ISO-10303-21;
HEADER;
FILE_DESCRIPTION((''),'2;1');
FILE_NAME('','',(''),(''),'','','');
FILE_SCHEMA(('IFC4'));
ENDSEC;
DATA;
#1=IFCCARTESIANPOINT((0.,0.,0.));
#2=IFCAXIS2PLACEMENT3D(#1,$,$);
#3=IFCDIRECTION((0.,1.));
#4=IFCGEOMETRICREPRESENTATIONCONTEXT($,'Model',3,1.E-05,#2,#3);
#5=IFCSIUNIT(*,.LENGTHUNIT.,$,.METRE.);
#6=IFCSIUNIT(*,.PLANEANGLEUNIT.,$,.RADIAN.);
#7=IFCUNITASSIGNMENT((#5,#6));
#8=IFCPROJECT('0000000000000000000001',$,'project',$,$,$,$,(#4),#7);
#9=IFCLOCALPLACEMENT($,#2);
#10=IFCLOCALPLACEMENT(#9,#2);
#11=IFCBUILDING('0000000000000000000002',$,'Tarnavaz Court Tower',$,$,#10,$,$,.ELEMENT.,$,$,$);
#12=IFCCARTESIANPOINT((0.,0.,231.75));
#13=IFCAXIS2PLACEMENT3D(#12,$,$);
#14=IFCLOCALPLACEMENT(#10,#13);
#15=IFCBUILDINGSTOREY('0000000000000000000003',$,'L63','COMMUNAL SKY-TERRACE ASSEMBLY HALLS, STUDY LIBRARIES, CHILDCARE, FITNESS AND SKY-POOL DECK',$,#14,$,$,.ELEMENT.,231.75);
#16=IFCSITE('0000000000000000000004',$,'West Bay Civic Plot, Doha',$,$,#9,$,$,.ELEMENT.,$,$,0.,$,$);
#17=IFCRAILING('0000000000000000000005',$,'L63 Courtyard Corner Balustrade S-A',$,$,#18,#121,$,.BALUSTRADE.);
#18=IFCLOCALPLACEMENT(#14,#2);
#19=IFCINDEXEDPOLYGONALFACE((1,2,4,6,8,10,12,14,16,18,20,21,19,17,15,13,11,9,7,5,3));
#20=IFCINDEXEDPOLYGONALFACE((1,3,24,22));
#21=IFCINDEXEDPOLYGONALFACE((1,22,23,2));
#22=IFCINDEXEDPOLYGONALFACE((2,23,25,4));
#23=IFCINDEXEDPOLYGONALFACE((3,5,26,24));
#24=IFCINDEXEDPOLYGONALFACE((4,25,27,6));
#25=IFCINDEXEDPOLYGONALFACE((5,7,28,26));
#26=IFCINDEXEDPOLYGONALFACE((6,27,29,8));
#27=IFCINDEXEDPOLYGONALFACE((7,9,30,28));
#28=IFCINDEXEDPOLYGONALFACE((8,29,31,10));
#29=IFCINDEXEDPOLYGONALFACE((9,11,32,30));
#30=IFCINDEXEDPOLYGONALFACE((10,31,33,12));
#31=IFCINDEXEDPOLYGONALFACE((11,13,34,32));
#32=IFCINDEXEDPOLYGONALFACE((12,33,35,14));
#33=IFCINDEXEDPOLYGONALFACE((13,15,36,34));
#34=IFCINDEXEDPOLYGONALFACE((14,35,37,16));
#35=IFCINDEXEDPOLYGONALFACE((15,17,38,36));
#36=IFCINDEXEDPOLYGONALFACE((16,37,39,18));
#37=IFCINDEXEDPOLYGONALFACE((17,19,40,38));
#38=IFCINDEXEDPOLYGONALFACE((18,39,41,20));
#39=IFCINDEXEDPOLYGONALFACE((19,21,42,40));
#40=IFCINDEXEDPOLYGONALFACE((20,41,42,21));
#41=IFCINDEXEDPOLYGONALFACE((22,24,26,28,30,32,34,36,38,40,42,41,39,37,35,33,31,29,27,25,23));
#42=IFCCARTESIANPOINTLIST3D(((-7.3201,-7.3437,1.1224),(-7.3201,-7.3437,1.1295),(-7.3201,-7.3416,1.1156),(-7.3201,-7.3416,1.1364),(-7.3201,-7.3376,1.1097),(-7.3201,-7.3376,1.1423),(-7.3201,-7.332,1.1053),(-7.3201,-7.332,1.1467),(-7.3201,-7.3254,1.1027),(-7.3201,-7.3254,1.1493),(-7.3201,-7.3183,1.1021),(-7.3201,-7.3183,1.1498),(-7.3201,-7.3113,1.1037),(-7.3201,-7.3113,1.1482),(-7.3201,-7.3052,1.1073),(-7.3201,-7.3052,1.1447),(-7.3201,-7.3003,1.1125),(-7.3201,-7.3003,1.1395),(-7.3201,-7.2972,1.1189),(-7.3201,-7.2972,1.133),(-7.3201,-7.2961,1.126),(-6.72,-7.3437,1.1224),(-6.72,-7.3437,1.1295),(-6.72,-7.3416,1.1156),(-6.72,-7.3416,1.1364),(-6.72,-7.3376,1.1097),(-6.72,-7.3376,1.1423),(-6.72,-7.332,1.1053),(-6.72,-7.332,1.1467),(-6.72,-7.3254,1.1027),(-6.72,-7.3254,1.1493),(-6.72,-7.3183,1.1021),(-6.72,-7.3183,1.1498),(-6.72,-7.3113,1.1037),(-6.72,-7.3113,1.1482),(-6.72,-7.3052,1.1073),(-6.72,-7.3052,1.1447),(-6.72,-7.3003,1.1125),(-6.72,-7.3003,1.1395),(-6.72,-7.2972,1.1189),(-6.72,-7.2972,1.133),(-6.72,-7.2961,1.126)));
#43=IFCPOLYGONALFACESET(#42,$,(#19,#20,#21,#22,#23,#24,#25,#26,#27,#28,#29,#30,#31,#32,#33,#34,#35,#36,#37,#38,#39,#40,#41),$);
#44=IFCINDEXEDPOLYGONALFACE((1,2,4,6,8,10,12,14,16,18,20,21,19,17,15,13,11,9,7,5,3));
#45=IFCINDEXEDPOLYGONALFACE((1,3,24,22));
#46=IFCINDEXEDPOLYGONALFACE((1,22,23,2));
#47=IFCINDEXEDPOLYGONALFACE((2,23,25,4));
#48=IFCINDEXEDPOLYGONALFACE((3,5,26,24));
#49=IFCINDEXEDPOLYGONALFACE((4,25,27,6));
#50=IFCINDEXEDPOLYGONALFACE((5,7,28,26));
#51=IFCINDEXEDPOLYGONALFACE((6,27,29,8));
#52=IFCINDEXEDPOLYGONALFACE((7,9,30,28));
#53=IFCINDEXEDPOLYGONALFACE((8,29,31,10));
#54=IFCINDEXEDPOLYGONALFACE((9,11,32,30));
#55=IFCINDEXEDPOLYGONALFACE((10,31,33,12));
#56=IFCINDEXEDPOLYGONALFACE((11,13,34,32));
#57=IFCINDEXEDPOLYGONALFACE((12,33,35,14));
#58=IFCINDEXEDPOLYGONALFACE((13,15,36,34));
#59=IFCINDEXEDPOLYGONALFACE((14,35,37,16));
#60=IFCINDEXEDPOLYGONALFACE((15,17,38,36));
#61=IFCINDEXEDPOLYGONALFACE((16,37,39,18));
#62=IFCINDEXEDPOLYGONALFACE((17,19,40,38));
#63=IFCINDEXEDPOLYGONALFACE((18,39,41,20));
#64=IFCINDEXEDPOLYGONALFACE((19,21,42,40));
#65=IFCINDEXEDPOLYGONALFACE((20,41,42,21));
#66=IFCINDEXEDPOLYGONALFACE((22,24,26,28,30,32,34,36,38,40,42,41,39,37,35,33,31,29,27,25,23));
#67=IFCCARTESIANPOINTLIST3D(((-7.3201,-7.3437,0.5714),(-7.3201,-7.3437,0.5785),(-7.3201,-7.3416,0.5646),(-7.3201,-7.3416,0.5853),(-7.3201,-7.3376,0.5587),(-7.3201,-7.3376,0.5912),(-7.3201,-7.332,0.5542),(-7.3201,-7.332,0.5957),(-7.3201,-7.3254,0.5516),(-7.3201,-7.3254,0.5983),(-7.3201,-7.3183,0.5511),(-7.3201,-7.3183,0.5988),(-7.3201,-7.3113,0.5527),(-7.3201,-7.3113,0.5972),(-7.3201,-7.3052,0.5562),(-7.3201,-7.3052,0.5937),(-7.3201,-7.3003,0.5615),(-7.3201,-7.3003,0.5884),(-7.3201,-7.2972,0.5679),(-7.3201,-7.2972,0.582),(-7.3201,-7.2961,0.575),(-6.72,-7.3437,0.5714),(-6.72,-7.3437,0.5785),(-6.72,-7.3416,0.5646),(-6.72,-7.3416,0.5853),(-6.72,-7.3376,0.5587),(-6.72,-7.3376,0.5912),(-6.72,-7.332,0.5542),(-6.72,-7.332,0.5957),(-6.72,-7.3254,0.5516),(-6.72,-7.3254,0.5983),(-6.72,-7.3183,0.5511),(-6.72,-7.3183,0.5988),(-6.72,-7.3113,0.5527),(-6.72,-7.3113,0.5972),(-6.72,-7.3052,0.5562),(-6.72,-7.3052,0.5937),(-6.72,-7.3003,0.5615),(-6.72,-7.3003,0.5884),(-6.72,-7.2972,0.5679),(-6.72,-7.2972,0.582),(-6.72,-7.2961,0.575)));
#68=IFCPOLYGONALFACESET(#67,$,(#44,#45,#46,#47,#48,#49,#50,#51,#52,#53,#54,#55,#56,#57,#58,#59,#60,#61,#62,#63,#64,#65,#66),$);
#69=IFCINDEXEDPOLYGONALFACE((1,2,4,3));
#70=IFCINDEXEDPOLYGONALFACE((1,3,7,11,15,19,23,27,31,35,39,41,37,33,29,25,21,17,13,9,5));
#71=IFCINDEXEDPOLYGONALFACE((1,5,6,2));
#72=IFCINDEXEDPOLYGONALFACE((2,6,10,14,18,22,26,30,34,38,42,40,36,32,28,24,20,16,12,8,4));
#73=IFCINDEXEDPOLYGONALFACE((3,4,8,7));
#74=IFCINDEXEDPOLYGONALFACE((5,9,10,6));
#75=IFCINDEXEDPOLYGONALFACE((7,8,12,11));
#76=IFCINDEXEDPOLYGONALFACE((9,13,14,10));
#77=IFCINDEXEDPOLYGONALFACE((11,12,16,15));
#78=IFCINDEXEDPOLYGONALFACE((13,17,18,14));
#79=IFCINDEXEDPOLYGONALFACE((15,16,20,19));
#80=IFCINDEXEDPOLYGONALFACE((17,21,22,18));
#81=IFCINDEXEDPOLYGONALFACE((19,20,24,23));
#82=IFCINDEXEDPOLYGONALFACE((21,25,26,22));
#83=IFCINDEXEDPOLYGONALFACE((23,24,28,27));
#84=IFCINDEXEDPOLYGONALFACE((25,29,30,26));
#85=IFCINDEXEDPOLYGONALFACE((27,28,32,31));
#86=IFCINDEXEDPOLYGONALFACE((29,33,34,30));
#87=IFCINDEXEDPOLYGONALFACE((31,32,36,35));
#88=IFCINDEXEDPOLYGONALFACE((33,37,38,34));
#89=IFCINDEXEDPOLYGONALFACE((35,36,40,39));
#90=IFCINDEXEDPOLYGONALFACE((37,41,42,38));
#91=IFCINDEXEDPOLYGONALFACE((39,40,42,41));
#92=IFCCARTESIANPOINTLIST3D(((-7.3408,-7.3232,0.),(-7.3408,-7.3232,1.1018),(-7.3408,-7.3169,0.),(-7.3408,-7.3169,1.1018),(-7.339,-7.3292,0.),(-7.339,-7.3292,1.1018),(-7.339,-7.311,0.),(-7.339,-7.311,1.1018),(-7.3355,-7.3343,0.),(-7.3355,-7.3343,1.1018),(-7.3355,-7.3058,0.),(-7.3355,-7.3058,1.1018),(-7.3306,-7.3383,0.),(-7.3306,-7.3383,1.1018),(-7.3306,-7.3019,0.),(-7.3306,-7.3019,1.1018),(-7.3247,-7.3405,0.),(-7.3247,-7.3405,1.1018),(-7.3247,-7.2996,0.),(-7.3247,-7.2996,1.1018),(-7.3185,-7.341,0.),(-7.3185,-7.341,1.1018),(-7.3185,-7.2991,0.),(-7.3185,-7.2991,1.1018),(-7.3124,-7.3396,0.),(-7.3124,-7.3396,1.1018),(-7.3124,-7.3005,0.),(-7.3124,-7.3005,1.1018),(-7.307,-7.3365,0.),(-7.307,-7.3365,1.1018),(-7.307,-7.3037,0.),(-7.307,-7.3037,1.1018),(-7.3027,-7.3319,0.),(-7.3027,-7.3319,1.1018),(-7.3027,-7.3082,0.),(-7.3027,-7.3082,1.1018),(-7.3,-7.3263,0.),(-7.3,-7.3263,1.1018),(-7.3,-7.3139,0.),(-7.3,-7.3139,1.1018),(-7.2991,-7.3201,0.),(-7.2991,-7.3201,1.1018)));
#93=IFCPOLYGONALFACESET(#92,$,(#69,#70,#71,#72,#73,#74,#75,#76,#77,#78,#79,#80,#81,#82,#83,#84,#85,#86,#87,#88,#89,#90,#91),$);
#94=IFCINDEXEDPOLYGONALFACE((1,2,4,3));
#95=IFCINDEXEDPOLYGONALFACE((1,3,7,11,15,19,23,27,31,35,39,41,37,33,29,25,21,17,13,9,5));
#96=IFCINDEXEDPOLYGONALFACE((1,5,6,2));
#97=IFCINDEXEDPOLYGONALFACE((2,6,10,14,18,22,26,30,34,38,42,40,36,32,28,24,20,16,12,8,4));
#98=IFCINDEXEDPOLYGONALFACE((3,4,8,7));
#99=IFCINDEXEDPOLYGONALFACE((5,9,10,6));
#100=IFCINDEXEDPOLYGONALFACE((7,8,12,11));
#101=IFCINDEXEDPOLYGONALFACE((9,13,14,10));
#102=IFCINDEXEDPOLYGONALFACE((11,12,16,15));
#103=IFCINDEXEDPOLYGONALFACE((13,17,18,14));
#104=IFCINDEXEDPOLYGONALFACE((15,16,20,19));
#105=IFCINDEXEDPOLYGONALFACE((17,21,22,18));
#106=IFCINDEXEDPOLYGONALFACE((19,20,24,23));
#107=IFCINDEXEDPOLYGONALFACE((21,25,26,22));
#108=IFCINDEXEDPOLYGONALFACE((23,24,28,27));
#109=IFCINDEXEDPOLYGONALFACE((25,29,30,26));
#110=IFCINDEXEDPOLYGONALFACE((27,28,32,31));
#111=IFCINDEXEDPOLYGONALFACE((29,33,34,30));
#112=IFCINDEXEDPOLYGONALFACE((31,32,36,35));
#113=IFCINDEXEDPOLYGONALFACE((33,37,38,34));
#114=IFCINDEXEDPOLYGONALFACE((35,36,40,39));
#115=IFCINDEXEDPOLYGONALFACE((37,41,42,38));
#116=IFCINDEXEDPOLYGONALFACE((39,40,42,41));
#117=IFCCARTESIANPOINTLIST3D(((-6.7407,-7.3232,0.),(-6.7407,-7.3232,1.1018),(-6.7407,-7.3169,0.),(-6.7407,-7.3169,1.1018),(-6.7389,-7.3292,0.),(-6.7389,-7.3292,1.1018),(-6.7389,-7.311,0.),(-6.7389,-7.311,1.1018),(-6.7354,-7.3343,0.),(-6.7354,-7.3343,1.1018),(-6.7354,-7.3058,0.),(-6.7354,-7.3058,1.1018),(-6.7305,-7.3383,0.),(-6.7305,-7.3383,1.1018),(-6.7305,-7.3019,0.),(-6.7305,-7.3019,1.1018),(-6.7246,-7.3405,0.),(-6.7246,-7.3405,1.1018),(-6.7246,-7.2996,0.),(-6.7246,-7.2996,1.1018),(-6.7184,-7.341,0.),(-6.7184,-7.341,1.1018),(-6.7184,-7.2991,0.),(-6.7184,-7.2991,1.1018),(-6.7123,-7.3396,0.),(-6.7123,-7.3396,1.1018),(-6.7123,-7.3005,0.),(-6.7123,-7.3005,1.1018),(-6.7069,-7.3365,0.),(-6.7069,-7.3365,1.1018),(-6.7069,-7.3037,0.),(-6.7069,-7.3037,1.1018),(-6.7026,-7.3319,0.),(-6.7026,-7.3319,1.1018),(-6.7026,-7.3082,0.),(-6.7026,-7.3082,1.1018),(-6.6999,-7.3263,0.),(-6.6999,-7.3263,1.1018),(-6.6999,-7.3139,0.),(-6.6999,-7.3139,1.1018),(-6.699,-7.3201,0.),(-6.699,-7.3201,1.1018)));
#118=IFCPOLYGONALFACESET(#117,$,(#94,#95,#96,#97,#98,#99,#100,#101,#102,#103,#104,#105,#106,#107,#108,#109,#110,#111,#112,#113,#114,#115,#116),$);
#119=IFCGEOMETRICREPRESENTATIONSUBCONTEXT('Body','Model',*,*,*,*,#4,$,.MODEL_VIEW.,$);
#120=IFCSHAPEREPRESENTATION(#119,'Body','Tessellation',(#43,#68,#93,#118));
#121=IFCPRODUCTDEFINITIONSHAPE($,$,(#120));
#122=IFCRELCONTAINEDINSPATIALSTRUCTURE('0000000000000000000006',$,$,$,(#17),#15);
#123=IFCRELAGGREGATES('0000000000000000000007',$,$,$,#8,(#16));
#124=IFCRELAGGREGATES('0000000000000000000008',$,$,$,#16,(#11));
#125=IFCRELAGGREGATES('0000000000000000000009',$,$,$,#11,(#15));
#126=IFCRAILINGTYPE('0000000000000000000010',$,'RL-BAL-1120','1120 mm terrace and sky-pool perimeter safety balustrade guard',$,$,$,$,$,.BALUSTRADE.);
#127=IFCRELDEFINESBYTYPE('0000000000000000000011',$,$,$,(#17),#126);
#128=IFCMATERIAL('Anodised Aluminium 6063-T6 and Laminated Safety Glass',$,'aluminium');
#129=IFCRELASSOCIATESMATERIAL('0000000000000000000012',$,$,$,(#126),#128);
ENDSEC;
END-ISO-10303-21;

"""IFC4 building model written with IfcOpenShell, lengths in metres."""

from ifc_helpers import new_model, si_unit, direction, frame, origin, origin_2d, place, context, subcontext, project, spatial, circle, extrude, material, type_object, element, save


model = new_model("IFC4")

# Units and contexts
model_context = context("Model", 3, precision=1e-05, world=origin(), true_north=direction((0.0, 1.0)))
body_context = subcontext(model_context, "Body", "Model", "MODEL_VIEW")
ifc_project = project(units=[si_unit("LENGTHUNIT", "METRE"), si_unit("PLANEANGLEUNIT", "RADIAN")], contexts=[model_context])

# Site, building, storey
site_placement = place(None, origin())
site = spatial("IfcSite", under=ifc_project, at=site_placement, Name="West Bay Civic Plot, Doha", CompositionType="ELEMENT", RefElevation=0.0)
building_placement = place(site_placement, origin())
building = spatial("IfcBuilding", under=site, at=building_placement, Name="Tarnavaz Court Tower", CompositionType="ELEMENT")
storey_placement = place(building_placement, frame((0.0, 0.0, 231.75)))
storey = spatial("IfcBuildingStorey", under=building, at=storey_placement, Name="L63", Description="COMMUNAL SKY-TERRACE ASSEMBLY HALLS, STUDY LIBRARIES, CHILDCARE, FITNESS AND SKY-POOL DECK", CompositionType="ELEMENT", Elevation=231.75)

# Railing
ifc_material_1 = material(Name="Anodised Aluminium 6063-T6 and Laminated Safety Glass", Category="aluminium")
railing_type = type_object("IfcRailingType", Name="RL-BAL-1120", Description="1120 mm terrace and sky-pool perimeter safety balustrade guard", PredefinedType="BALUSTRADE", material=ifc_material_1)
railing_placement = place(storey_placement, frame((-7.3201, -7.3201, 0.0)))
element("IfcRailing", 1, at=railing_placement, inside=storey, type_object=railing_type, Name="L63 Courtyard Corner Balustrade S-A", PredefinedType="BALUSTRADE", context=body_context, shape_type="SweptSolid", body=[
    extrude(circle(Radius=0.0239, at=origin_2d()), frame((0.0, 0.0, 1.126), z_axis=(1.0, 0.0, 0.0), x_axis=(0.0, 1.0, 0.0)), (0.0, 0.0, 1.0), 0.6001),
    extrude(circle(Radius=0.0239, at=origin_2d()), frame((0.0, 0.0, 0.575), z_axis=(1.0, 0.0, 0.0), x_axis=(0.0, 1.0, 0.0)), (0.0, 0.0, 1.0), 0.6001),
    extrude(circle(Radius=0.021, at=origin_2d()), origin(), (0.0, 0.0, 1.0), 1.1018),
    extrude(circle(Radius=0.021, at=origin_2d()), frame((0.6001, 0.0, 0.0)), (0.0, 0.0, 1.0), 1.1018),
])

save(model, "model.ifc")
